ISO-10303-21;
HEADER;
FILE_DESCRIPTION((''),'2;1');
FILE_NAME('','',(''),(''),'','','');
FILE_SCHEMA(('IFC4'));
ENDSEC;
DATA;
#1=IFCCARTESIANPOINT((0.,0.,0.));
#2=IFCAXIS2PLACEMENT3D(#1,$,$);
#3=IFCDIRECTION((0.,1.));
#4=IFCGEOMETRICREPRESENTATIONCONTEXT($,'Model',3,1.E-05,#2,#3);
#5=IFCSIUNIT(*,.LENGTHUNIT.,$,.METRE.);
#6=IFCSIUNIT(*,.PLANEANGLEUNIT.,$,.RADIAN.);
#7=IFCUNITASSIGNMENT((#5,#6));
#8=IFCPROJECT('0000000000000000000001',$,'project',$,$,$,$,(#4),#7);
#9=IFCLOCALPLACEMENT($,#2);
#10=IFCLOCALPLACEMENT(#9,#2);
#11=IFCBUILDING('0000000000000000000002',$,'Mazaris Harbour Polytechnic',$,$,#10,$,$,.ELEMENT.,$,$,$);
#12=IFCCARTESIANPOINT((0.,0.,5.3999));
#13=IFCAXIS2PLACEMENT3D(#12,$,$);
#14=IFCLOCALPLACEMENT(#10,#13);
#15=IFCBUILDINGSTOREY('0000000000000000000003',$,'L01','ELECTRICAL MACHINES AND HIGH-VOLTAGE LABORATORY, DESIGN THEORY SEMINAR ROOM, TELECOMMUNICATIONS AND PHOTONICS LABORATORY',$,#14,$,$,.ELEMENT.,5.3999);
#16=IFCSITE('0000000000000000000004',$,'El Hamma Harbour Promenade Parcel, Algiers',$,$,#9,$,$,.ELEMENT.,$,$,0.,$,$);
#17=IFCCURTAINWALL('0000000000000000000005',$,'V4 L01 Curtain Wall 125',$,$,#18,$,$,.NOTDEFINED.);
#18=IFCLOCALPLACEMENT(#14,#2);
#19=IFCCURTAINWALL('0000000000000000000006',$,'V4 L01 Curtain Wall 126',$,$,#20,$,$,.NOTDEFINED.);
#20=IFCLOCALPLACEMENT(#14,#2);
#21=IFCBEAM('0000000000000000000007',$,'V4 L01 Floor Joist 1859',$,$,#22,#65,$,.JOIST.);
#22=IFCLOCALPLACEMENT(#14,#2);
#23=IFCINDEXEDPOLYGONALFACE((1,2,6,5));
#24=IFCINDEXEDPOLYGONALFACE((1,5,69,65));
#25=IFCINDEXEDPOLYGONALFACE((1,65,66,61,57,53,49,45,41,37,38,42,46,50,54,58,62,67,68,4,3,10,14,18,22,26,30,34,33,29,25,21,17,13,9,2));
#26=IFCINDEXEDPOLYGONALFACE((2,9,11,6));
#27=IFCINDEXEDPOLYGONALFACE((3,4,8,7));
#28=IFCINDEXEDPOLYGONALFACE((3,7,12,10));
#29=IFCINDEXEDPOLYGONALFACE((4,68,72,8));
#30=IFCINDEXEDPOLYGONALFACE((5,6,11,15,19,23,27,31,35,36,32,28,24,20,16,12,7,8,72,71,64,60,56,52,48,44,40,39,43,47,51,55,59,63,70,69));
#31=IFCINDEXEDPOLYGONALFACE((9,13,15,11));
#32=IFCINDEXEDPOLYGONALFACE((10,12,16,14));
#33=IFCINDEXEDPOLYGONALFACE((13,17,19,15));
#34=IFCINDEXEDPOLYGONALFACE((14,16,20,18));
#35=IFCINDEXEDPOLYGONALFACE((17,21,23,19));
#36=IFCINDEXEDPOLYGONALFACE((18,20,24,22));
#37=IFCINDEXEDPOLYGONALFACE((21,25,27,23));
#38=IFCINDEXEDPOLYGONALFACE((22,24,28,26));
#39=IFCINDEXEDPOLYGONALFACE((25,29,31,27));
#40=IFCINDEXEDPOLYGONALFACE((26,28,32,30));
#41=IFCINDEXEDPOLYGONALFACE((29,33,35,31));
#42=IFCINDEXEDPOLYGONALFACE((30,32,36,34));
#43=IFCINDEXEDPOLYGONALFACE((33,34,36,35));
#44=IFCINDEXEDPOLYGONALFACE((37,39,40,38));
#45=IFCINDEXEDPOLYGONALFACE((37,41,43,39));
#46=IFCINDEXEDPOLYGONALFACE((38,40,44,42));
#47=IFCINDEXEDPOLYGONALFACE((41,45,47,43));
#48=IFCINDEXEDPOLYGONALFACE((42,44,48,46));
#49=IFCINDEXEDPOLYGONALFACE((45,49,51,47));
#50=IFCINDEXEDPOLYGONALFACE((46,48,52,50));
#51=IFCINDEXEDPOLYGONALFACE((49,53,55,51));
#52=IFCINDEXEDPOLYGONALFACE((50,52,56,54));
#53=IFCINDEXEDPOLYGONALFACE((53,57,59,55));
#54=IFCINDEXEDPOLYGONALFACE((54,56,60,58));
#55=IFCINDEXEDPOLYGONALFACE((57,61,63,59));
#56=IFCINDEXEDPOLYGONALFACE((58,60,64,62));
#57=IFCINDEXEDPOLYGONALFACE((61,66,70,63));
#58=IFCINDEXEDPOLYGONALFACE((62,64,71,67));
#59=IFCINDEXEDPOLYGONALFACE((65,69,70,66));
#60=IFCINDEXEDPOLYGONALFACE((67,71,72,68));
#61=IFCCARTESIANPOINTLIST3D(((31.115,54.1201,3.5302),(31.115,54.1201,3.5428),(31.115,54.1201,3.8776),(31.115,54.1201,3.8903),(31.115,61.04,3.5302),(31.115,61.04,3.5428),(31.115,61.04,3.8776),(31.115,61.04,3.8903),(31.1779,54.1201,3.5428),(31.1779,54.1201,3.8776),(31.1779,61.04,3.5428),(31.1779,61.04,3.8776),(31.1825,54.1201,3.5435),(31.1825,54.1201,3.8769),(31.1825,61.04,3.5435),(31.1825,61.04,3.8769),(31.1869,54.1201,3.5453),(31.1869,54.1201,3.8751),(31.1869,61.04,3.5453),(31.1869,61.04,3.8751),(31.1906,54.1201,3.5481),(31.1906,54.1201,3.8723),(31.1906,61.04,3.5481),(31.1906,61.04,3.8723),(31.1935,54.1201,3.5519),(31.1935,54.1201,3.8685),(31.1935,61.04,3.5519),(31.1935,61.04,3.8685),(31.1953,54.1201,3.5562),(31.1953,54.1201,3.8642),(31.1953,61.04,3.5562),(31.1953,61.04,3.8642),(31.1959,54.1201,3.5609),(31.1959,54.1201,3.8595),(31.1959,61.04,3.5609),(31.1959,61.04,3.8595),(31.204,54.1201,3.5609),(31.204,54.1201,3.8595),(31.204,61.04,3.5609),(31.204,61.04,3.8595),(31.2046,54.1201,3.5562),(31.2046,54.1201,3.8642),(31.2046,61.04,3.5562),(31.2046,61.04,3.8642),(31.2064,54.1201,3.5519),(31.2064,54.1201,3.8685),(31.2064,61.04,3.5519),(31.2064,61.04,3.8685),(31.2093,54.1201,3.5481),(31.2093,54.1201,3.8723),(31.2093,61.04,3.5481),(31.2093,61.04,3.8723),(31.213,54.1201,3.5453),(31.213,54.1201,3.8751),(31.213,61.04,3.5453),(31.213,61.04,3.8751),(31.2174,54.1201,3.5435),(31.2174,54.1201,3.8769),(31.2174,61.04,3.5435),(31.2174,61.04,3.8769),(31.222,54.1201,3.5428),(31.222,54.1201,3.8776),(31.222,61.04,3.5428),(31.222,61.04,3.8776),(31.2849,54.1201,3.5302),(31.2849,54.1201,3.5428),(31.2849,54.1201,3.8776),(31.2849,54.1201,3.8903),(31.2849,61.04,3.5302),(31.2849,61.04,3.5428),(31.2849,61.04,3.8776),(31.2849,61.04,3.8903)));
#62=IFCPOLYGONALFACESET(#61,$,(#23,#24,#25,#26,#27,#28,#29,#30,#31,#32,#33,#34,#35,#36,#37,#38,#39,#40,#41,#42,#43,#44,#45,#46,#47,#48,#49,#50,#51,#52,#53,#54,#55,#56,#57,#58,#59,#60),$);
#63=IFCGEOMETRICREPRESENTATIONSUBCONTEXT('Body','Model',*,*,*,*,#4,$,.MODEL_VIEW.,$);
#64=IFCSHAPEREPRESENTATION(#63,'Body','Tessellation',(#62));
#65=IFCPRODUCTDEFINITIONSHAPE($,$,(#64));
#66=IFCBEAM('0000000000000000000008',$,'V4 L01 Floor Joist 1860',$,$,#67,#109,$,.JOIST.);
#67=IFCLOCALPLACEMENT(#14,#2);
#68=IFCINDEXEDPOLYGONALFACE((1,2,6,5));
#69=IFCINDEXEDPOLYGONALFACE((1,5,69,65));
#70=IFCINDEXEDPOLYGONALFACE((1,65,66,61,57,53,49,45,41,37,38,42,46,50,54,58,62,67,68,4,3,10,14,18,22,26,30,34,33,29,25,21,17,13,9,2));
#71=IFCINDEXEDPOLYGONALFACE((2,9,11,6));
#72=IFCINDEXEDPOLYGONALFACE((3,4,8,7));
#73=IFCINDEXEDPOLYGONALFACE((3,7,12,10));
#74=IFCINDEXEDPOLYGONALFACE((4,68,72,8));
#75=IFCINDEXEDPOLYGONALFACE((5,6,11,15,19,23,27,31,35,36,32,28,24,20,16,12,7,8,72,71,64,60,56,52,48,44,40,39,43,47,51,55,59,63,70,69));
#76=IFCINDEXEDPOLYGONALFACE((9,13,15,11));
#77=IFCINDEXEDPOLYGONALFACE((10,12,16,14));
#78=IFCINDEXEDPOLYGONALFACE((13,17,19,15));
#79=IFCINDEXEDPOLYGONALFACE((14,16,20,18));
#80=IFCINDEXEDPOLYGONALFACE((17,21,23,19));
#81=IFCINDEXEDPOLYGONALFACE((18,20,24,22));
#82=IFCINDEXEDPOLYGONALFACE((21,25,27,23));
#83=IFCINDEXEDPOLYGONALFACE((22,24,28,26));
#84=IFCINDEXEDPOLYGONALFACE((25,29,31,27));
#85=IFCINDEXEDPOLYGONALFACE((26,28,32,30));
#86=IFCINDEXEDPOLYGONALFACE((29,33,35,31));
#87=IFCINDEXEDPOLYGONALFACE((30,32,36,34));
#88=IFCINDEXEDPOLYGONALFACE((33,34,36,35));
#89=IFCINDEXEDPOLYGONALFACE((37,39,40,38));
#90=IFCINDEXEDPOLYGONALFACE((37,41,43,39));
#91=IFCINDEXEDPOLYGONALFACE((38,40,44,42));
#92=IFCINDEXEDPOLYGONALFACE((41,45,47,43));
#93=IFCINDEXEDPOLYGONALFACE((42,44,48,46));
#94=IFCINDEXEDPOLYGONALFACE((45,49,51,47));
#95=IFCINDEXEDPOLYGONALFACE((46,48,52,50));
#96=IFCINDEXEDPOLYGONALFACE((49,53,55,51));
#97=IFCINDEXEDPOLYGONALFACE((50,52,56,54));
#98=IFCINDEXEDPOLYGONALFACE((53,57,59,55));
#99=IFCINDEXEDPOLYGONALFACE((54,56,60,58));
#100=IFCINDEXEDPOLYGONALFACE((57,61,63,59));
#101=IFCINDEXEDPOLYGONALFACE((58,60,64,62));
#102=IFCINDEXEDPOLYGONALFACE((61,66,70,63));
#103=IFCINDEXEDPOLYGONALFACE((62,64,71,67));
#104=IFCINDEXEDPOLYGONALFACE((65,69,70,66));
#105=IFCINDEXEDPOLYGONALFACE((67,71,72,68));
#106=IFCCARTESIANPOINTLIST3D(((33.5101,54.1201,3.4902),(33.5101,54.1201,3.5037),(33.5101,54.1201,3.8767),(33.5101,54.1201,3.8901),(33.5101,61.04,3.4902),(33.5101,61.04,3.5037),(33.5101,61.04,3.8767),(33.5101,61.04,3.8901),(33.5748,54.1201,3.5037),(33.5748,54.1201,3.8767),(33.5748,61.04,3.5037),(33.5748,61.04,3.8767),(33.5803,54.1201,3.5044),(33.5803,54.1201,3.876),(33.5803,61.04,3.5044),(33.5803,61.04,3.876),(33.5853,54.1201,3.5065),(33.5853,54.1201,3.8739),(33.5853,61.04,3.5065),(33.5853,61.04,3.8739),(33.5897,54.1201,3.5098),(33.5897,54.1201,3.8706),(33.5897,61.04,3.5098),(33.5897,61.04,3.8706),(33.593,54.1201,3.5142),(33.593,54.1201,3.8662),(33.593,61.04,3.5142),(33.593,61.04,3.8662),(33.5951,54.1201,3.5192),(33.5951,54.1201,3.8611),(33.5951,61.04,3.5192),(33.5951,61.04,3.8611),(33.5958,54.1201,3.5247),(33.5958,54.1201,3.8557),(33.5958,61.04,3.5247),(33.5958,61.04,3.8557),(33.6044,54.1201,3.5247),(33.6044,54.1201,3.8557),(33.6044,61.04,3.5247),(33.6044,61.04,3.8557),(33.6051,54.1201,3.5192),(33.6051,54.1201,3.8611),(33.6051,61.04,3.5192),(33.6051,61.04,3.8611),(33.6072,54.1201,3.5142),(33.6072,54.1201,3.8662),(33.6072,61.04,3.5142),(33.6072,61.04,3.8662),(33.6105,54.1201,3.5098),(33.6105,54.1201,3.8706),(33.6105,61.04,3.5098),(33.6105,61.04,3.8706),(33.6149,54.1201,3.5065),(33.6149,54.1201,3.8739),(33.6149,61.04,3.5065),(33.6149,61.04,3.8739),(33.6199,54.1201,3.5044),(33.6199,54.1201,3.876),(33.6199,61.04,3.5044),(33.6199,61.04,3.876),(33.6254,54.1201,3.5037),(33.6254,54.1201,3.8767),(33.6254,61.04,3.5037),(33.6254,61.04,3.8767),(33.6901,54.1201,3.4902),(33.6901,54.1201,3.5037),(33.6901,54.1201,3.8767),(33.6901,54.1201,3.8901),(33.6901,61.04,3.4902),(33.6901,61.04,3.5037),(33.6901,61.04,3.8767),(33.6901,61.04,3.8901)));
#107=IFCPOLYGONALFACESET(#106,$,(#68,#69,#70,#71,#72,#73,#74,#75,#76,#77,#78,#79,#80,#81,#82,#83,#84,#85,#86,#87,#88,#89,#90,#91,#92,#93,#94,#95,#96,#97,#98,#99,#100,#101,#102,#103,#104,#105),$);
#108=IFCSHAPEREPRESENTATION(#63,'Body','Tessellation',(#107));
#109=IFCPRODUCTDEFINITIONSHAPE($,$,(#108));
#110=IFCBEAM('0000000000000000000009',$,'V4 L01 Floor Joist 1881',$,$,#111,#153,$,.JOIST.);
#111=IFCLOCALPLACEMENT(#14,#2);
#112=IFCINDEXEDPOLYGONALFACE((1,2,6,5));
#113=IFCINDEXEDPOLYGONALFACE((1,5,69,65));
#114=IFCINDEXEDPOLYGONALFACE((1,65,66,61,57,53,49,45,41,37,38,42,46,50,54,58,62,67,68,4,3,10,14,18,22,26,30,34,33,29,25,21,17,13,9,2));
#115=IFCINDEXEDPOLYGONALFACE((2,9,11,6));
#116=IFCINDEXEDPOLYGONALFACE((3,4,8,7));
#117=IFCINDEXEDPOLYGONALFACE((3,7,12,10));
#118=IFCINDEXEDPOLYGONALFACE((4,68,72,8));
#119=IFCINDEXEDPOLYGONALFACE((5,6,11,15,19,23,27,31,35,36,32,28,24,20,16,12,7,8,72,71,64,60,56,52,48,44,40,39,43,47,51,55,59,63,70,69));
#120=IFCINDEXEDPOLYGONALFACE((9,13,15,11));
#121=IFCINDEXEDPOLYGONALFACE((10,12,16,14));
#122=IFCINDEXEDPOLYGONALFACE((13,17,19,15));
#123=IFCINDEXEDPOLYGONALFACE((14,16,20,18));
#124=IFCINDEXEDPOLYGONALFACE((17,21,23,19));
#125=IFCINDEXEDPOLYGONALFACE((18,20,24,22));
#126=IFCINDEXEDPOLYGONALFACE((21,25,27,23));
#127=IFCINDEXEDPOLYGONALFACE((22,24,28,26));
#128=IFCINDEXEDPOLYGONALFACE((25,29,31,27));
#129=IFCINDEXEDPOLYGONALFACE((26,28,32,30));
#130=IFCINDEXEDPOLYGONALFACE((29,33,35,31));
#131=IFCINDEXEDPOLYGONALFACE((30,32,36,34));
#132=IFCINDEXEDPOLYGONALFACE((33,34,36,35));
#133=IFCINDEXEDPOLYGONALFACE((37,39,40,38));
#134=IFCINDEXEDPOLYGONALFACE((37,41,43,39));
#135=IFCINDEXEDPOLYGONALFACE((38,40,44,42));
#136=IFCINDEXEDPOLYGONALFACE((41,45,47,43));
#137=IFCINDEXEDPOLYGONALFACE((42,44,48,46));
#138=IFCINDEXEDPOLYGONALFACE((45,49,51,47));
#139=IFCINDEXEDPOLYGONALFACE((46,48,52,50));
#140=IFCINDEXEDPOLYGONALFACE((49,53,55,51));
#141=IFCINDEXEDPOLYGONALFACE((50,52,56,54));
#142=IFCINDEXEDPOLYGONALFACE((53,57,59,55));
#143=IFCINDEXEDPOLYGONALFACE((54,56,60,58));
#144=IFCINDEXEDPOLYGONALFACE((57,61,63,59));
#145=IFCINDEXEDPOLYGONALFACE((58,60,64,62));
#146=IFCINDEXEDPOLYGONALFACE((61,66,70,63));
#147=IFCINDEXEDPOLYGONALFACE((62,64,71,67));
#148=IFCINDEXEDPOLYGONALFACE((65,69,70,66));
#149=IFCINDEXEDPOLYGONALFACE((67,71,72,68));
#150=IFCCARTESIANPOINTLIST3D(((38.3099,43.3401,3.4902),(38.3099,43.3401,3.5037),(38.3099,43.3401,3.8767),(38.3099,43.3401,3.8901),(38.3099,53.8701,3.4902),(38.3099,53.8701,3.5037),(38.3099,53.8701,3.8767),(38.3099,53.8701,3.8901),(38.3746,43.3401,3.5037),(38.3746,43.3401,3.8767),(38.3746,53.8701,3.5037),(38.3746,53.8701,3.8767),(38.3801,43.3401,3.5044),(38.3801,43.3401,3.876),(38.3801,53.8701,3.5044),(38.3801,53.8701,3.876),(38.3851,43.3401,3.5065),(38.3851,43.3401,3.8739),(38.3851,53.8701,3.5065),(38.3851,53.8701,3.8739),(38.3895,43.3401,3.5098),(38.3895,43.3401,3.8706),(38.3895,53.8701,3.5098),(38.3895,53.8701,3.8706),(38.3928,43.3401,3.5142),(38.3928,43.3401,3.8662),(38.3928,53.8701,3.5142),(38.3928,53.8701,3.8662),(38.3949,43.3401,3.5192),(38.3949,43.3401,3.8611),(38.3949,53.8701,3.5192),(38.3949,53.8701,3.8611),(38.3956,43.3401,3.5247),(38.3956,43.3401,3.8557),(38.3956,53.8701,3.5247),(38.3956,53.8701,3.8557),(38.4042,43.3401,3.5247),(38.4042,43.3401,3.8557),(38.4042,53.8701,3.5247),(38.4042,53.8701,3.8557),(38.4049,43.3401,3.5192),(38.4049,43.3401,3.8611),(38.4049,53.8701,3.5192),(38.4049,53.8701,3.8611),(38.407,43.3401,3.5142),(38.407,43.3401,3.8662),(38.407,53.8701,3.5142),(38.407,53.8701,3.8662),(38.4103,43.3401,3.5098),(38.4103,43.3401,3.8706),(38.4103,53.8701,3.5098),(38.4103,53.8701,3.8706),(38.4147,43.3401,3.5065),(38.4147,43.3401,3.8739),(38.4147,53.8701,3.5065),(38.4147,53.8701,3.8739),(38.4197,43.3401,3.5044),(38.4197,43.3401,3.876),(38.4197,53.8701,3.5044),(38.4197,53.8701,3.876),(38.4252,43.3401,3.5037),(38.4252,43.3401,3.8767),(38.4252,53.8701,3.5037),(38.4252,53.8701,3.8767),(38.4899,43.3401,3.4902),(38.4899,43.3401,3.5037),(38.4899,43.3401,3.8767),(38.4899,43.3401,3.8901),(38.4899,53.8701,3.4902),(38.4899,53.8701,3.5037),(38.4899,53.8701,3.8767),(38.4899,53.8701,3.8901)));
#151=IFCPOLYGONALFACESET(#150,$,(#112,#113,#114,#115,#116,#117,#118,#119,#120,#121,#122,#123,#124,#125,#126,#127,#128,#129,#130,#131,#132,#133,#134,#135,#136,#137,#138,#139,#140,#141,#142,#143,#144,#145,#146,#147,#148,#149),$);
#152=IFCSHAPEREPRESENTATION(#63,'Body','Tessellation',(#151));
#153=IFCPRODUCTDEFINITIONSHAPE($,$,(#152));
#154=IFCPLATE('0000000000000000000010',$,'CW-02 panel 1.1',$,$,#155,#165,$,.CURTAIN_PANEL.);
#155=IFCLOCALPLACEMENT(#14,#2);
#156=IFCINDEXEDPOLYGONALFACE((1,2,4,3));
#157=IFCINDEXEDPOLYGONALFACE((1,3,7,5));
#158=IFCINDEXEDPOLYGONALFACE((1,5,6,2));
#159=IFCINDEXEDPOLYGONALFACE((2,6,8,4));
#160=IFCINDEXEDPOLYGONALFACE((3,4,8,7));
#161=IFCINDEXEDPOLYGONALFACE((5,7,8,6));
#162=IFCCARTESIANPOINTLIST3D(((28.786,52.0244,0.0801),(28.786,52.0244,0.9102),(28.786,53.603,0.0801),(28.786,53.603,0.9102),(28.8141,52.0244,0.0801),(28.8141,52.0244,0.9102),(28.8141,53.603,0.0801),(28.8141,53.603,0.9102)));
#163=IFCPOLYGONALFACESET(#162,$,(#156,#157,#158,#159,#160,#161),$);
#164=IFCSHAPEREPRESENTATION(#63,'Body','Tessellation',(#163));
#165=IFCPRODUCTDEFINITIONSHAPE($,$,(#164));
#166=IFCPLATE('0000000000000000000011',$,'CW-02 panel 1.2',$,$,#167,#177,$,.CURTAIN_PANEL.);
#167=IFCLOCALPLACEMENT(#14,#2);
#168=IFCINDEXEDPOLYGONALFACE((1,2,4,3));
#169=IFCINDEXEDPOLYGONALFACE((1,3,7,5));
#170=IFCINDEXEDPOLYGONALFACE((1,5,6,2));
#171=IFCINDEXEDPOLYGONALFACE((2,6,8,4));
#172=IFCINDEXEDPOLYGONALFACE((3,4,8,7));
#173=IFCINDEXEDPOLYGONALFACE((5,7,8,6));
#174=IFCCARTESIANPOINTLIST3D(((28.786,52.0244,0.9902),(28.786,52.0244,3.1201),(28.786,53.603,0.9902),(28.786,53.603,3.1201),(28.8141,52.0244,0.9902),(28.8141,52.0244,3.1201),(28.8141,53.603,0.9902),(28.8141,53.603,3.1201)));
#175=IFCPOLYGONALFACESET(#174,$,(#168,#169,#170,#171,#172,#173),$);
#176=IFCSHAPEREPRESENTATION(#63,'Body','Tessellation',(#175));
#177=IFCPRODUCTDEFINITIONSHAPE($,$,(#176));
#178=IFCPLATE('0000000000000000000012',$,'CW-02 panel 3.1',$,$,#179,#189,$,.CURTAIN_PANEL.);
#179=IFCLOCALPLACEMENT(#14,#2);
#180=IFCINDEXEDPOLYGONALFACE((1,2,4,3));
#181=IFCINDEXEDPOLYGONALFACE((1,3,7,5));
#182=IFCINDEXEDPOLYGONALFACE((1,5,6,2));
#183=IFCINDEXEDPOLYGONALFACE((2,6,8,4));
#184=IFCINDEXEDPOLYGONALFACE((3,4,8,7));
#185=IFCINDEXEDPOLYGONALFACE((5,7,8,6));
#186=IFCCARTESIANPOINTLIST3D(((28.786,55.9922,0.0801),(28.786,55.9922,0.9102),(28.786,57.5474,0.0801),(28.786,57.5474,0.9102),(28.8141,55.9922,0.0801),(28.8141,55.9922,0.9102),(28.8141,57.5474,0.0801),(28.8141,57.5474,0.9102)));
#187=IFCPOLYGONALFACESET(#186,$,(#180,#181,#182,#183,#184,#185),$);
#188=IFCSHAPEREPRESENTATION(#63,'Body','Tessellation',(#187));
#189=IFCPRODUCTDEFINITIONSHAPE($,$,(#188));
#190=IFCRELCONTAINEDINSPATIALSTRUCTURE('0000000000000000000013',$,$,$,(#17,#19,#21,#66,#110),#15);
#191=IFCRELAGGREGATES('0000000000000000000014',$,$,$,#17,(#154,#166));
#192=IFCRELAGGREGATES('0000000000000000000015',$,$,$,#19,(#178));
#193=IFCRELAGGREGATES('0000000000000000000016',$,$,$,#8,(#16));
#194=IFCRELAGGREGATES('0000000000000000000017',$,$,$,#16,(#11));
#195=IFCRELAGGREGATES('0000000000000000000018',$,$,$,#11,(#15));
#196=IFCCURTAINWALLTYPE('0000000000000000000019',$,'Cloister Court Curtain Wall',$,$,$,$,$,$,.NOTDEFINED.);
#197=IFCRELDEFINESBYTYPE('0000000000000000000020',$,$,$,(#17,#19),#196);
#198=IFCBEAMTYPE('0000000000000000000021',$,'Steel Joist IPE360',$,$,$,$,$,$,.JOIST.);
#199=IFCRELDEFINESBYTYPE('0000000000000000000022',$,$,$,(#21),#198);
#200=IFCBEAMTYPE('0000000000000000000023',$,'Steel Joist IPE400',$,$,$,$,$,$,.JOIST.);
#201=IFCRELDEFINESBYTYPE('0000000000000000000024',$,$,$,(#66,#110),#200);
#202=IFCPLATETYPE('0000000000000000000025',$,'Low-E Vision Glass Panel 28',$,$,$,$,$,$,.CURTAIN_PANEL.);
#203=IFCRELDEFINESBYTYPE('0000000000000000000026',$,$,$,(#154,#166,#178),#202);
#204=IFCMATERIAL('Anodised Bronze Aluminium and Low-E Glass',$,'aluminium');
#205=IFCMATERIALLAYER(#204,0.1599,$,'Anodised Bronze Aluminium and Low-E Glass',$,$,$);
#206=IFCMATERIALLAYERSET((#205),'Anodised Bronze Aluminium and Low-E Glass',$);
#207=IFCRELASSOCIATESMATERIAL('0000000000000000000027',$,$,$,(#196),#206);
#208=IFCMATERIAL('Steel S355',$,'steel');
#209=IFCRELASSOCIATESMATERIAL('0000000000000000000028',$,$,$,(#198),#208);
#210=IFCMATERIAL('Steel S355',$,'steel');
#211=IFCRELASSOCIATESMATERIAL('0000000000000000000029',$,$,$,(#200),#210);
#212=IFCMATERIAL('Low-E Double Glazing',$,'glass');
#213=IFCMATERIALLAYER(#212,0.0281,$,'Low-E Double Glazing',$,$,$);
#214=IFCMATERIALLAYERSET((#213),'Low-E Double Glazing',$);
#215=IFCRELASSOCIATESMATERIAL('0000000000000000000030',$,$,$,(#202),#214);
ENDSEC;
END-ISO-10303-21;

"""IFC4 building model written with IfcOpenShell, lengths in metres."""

from ifc_helpers import new_model, si_unit, direction, frame, origin, origin_2d, place, context, subcontext, project, spatial, rectangle, i_section, extrude, material, layer, layer_set, material_profile, profile_set, type_object, element, aggregate, save


model = new_model("IFC4")

# Units and contexts
model_context = context("Model", 3, precision=1e-05, world=origin(), true_north=direction((0.0, 1.0)))
body_context = subcontext(model_context, "Body", "Model", "MODEL_VIEW")
ifc_project = project(units=[si_unit("LENGTHUNIT", "METRE"), si_unit("PLANEANGLEUNIT", "RADIAN")], contexts=[model_context])

# Site, building, storey
site_placement = place(None, origin())
site = spatial("IfcSite", under=ifc_project, at=site_placement, Name="El Hamma Harbour Promenade Parcel, Algiers", CompositionType="ELEMENT", RefElevation=0.0)
building_placement = place(site_placement, origin())
building = spatial("IfcBuilding", under=site, at=building_placement, Name="Mazaris Harbour Polytechnic", CompositionType="ELEMENT")
storey_placement = place(building_placement, frame((0.0, 0.0, 5.3999)))
storey = spatial("IfcBuildingStorey", under=building, at=storey_placement, Name="L01", Description="ELECTRICAL MACHINES AND HIGH-VOLTAGE LABORATORY, DESIGN THEORY SEMINAR ROOM, TELECOMMUNICATIONS AND PHOTONICS LABORATORY", CompositionType="ELEMENT", Elevation=5.3999)

# Curtain walls
ifc_material_1 = material(Name="Anodised Bronze Aluminium and Low-E Glass", Category="aluminium")
ifc_layer_1 = layer(ifc_material_1, 0.1599, Name="Anodised Bronze Aluminium and Low-E Glass")
ifc_layer_set_1 = layer_set([ifc_layer_1], Name="Anodised Bronze Aluminium and Low-E Glass")
curtain_wall_type = type_object("IfcCurtainWallType", Name="Cloister Court Curtain Wall", PredefinedType="NOTDEFINED", material=ifc_layer_set_1)
curtain_wall_1_placement = place(storey_placement, origin())
curtain_wall_1 = element("IfcCurtainWall", 1, at=curtain_wall_1_placement, inside=storey, type_object=curtain_wall_type, Name="V4 L01 Curtain Wall 125", PredefinedType="NOTDEFINED")
curtain_wall_2_placement = place(storey_placement, origin())
curtain_wall_2 = element("IfcCurtainWall", 2, at=curtain_wall_2_placement, inside=storey, type_object=curtain_wall_type, Name="V4 L01 Curtain Wall 126", PredefinedType="NOTDEFINED")

# Beams
ifc_material_2 = material(Name="Steel S355", Category="steel")
ifc_material_profile_1 = material_profile(ifc_material_2, i_section(OverallWidth=0.1699, OverallDepth=0.3601, WebThickness=0.0081, FlangeThickness=0.0127, FilletRadius=0.0181, at=origin_2d()), Name="IPE 360")
ifc_profile_set_1 = profile_set([ifc_material_profile_1], Name="Steel S355")
beam_type_1 = type_object("IfcBeamType", Name="Steel Joist IPE360", PredefinedType="JOIST", material=ifc_profile_set_1)
beam_1_placement = place(storey_placement, frame((31.2, 54.1201, 3.7102), z_axis=(0.0, 1.0, 0.0), x_axis=(-1.0, 0.0, 0.0)))
element("IfcBeam", 3, at=beam_1_placement, inside=storey, type_object=beam_type_1, Name="V4 L01 Floor Joist 1859", PredefinedType="JOIST", context=body_context, shape_type="SweptSolid", body=[
    extrude(i_section(OverallWidth=0.1699, OverallDepth=0.3601, WebThickness=0.0081, FlangeThickness=0.0127, FilletRadius=0.0181, at=origin_2d()), origin(), (0.0, 0.0, 1.0), 6.9199),
])
ifc_material_3 = material(Name="Steel S355", Category="steel")
ifc_material_profile_2 = material_profile(ifc_material_3, i_section(OverallWidth=0.1799, OverallDepth=0.3999, WebThickness=0.0085, FlangeThickness=0.0134, FilletRadius=0.021, at=origin_2d()), Name="IPE 400")
ifc_profile_set_2 = profile_set([ifc_material_profile_2], Name="Steel S355")
beam_type_2 = type_object("IfcBeamType", Name="Steel Joist IPE400", PredefinedType="JOIST", material=ifc_profile_set_2)
beam_2_placement = place(storey_placement, frame((33.6001, 54.1201, 3.6902), z_axis=(0.0, 1.0, 0.0), x_axis=(-1.0, 0.0, 0.0)))
element("IfcBeam", 4, at=beam_2_placement, inside=storey, type_object=beam_type_2, Name="V4 L01 Floor Joist 1860", PredefinedType="JOIST", context=body_context, shape_type="SweptSolid", body=[
    extrude(i_section(OverallWidth=0.1799, OverallDepth=0.3999, WebThickness=0.0085, FlangeThickness=0.0134, FilletRadius=0.021, at=origin_2d()), origin(), (0.0, 0.0, 1.0), 6.9199),
])
beam_3_placement = place(storey_placement, frame((38.3999, 43.3401, 3.6902), z_axis=(0.0, 1.0, 0.0), x_axis=(-1.0, 0.0, 0.0)))
element("IfcBeam", 5, at=beam_3_placement, inside=storey, type_object=beam_type_2, Name="V4 L01 Floor Joist 1881", PredefinedType="JOIST", context=body_context, shape_type="SweptSolid", body=[
    extrude(i_section(OverallWidth=0.1799, OverallDepth=0.3999, WebThickness=0.0085, FlangeThickness=0.0134, FilletRadius=0.021, at=origin_2d()), origin(), (0.0, 0.0, 1.0), 10.53),
])

# Plates
ifc_material_4 = material(Name="Low-E Double Glazing", Category="glass")
ifc_layer_2 = layer(ifc_material_4, 0.0281, Name="Low-E Double Glazing")
ifc_layer_set_2 = layer_set([ifc_layer_2], Name="Low-E Double Glazing")
plate_type = type_object("IfcPlateType", Name="Low-E Vision Glass Panel 28", PredefinedType="CURTAIN_PANEL", material=ifc_layer_set_2)
plate_1_placement = place(storey_placement, frame((28.8, 52.8137, 0.0801), z_axis=(0.0, 0.0, 1.0), x_axis=(0.0, -1.0, 0.0)))
plate_1 = element("IfcPlate", 6, at=plate_1_placement, type_object=plate_type, Name="CW-02 panel 1.1", PredefinedType="CURTAIN_PANEL", context=body_context, shape_type="SweptSolid", body=[
    extrude(rectangle(XDim=1.5786, YDim=0.0281, at=origin_2d()), origin(), (0.0, 0.0, 1.0), 0.8301),
])
plate_2_placement = place(storey_placement, frame((28.8, 52.8137, 0.9902), z_axis=(0.0, 0.0, 1.0), x_axis=(0.0, -1.0, 0.0)))
plate_2 = element("IfcPlate", 7, at=plate_2_placement, type_object=plate_type, Name="CW-02 panel 1.2", PredefinedType="CURTAIN_PANEL", context=body_context, shape_type="SweptSolid", body=[
    extrude(rectangle(XDim=1.5786, YDim=0.0281, at=origin_2d()), origin(), (0.0, 0.0, 1.0), 2.1299),
])
aggregate(curtain_wall_1, [plate_1, plate_2])
plate_3_placement = place(storey_placement, frame((28.8, 56.7698, 0.0801), z_axis=(0.0, 0.0, 1.0), x_axis=(0.0, -1.0, 0.0)))
plate_3 = element("IfcPlate", 8, at=plate_3_placement, type_object=plate_type, Name="CW-02 panel 3.1", PredefinedType="CURTAIN_PANEL", context=body_context, shape_type="SweptSolid", body=[
    extrude(rectangle(XDim=1.5552, YDim=0.0281, at=origin_2d()), origin(), (0.0, 0.0, 1.0), 0.8301),
])
aggregate(curtain_wall_2, [plate_3])

save(model, "model.ifc")
